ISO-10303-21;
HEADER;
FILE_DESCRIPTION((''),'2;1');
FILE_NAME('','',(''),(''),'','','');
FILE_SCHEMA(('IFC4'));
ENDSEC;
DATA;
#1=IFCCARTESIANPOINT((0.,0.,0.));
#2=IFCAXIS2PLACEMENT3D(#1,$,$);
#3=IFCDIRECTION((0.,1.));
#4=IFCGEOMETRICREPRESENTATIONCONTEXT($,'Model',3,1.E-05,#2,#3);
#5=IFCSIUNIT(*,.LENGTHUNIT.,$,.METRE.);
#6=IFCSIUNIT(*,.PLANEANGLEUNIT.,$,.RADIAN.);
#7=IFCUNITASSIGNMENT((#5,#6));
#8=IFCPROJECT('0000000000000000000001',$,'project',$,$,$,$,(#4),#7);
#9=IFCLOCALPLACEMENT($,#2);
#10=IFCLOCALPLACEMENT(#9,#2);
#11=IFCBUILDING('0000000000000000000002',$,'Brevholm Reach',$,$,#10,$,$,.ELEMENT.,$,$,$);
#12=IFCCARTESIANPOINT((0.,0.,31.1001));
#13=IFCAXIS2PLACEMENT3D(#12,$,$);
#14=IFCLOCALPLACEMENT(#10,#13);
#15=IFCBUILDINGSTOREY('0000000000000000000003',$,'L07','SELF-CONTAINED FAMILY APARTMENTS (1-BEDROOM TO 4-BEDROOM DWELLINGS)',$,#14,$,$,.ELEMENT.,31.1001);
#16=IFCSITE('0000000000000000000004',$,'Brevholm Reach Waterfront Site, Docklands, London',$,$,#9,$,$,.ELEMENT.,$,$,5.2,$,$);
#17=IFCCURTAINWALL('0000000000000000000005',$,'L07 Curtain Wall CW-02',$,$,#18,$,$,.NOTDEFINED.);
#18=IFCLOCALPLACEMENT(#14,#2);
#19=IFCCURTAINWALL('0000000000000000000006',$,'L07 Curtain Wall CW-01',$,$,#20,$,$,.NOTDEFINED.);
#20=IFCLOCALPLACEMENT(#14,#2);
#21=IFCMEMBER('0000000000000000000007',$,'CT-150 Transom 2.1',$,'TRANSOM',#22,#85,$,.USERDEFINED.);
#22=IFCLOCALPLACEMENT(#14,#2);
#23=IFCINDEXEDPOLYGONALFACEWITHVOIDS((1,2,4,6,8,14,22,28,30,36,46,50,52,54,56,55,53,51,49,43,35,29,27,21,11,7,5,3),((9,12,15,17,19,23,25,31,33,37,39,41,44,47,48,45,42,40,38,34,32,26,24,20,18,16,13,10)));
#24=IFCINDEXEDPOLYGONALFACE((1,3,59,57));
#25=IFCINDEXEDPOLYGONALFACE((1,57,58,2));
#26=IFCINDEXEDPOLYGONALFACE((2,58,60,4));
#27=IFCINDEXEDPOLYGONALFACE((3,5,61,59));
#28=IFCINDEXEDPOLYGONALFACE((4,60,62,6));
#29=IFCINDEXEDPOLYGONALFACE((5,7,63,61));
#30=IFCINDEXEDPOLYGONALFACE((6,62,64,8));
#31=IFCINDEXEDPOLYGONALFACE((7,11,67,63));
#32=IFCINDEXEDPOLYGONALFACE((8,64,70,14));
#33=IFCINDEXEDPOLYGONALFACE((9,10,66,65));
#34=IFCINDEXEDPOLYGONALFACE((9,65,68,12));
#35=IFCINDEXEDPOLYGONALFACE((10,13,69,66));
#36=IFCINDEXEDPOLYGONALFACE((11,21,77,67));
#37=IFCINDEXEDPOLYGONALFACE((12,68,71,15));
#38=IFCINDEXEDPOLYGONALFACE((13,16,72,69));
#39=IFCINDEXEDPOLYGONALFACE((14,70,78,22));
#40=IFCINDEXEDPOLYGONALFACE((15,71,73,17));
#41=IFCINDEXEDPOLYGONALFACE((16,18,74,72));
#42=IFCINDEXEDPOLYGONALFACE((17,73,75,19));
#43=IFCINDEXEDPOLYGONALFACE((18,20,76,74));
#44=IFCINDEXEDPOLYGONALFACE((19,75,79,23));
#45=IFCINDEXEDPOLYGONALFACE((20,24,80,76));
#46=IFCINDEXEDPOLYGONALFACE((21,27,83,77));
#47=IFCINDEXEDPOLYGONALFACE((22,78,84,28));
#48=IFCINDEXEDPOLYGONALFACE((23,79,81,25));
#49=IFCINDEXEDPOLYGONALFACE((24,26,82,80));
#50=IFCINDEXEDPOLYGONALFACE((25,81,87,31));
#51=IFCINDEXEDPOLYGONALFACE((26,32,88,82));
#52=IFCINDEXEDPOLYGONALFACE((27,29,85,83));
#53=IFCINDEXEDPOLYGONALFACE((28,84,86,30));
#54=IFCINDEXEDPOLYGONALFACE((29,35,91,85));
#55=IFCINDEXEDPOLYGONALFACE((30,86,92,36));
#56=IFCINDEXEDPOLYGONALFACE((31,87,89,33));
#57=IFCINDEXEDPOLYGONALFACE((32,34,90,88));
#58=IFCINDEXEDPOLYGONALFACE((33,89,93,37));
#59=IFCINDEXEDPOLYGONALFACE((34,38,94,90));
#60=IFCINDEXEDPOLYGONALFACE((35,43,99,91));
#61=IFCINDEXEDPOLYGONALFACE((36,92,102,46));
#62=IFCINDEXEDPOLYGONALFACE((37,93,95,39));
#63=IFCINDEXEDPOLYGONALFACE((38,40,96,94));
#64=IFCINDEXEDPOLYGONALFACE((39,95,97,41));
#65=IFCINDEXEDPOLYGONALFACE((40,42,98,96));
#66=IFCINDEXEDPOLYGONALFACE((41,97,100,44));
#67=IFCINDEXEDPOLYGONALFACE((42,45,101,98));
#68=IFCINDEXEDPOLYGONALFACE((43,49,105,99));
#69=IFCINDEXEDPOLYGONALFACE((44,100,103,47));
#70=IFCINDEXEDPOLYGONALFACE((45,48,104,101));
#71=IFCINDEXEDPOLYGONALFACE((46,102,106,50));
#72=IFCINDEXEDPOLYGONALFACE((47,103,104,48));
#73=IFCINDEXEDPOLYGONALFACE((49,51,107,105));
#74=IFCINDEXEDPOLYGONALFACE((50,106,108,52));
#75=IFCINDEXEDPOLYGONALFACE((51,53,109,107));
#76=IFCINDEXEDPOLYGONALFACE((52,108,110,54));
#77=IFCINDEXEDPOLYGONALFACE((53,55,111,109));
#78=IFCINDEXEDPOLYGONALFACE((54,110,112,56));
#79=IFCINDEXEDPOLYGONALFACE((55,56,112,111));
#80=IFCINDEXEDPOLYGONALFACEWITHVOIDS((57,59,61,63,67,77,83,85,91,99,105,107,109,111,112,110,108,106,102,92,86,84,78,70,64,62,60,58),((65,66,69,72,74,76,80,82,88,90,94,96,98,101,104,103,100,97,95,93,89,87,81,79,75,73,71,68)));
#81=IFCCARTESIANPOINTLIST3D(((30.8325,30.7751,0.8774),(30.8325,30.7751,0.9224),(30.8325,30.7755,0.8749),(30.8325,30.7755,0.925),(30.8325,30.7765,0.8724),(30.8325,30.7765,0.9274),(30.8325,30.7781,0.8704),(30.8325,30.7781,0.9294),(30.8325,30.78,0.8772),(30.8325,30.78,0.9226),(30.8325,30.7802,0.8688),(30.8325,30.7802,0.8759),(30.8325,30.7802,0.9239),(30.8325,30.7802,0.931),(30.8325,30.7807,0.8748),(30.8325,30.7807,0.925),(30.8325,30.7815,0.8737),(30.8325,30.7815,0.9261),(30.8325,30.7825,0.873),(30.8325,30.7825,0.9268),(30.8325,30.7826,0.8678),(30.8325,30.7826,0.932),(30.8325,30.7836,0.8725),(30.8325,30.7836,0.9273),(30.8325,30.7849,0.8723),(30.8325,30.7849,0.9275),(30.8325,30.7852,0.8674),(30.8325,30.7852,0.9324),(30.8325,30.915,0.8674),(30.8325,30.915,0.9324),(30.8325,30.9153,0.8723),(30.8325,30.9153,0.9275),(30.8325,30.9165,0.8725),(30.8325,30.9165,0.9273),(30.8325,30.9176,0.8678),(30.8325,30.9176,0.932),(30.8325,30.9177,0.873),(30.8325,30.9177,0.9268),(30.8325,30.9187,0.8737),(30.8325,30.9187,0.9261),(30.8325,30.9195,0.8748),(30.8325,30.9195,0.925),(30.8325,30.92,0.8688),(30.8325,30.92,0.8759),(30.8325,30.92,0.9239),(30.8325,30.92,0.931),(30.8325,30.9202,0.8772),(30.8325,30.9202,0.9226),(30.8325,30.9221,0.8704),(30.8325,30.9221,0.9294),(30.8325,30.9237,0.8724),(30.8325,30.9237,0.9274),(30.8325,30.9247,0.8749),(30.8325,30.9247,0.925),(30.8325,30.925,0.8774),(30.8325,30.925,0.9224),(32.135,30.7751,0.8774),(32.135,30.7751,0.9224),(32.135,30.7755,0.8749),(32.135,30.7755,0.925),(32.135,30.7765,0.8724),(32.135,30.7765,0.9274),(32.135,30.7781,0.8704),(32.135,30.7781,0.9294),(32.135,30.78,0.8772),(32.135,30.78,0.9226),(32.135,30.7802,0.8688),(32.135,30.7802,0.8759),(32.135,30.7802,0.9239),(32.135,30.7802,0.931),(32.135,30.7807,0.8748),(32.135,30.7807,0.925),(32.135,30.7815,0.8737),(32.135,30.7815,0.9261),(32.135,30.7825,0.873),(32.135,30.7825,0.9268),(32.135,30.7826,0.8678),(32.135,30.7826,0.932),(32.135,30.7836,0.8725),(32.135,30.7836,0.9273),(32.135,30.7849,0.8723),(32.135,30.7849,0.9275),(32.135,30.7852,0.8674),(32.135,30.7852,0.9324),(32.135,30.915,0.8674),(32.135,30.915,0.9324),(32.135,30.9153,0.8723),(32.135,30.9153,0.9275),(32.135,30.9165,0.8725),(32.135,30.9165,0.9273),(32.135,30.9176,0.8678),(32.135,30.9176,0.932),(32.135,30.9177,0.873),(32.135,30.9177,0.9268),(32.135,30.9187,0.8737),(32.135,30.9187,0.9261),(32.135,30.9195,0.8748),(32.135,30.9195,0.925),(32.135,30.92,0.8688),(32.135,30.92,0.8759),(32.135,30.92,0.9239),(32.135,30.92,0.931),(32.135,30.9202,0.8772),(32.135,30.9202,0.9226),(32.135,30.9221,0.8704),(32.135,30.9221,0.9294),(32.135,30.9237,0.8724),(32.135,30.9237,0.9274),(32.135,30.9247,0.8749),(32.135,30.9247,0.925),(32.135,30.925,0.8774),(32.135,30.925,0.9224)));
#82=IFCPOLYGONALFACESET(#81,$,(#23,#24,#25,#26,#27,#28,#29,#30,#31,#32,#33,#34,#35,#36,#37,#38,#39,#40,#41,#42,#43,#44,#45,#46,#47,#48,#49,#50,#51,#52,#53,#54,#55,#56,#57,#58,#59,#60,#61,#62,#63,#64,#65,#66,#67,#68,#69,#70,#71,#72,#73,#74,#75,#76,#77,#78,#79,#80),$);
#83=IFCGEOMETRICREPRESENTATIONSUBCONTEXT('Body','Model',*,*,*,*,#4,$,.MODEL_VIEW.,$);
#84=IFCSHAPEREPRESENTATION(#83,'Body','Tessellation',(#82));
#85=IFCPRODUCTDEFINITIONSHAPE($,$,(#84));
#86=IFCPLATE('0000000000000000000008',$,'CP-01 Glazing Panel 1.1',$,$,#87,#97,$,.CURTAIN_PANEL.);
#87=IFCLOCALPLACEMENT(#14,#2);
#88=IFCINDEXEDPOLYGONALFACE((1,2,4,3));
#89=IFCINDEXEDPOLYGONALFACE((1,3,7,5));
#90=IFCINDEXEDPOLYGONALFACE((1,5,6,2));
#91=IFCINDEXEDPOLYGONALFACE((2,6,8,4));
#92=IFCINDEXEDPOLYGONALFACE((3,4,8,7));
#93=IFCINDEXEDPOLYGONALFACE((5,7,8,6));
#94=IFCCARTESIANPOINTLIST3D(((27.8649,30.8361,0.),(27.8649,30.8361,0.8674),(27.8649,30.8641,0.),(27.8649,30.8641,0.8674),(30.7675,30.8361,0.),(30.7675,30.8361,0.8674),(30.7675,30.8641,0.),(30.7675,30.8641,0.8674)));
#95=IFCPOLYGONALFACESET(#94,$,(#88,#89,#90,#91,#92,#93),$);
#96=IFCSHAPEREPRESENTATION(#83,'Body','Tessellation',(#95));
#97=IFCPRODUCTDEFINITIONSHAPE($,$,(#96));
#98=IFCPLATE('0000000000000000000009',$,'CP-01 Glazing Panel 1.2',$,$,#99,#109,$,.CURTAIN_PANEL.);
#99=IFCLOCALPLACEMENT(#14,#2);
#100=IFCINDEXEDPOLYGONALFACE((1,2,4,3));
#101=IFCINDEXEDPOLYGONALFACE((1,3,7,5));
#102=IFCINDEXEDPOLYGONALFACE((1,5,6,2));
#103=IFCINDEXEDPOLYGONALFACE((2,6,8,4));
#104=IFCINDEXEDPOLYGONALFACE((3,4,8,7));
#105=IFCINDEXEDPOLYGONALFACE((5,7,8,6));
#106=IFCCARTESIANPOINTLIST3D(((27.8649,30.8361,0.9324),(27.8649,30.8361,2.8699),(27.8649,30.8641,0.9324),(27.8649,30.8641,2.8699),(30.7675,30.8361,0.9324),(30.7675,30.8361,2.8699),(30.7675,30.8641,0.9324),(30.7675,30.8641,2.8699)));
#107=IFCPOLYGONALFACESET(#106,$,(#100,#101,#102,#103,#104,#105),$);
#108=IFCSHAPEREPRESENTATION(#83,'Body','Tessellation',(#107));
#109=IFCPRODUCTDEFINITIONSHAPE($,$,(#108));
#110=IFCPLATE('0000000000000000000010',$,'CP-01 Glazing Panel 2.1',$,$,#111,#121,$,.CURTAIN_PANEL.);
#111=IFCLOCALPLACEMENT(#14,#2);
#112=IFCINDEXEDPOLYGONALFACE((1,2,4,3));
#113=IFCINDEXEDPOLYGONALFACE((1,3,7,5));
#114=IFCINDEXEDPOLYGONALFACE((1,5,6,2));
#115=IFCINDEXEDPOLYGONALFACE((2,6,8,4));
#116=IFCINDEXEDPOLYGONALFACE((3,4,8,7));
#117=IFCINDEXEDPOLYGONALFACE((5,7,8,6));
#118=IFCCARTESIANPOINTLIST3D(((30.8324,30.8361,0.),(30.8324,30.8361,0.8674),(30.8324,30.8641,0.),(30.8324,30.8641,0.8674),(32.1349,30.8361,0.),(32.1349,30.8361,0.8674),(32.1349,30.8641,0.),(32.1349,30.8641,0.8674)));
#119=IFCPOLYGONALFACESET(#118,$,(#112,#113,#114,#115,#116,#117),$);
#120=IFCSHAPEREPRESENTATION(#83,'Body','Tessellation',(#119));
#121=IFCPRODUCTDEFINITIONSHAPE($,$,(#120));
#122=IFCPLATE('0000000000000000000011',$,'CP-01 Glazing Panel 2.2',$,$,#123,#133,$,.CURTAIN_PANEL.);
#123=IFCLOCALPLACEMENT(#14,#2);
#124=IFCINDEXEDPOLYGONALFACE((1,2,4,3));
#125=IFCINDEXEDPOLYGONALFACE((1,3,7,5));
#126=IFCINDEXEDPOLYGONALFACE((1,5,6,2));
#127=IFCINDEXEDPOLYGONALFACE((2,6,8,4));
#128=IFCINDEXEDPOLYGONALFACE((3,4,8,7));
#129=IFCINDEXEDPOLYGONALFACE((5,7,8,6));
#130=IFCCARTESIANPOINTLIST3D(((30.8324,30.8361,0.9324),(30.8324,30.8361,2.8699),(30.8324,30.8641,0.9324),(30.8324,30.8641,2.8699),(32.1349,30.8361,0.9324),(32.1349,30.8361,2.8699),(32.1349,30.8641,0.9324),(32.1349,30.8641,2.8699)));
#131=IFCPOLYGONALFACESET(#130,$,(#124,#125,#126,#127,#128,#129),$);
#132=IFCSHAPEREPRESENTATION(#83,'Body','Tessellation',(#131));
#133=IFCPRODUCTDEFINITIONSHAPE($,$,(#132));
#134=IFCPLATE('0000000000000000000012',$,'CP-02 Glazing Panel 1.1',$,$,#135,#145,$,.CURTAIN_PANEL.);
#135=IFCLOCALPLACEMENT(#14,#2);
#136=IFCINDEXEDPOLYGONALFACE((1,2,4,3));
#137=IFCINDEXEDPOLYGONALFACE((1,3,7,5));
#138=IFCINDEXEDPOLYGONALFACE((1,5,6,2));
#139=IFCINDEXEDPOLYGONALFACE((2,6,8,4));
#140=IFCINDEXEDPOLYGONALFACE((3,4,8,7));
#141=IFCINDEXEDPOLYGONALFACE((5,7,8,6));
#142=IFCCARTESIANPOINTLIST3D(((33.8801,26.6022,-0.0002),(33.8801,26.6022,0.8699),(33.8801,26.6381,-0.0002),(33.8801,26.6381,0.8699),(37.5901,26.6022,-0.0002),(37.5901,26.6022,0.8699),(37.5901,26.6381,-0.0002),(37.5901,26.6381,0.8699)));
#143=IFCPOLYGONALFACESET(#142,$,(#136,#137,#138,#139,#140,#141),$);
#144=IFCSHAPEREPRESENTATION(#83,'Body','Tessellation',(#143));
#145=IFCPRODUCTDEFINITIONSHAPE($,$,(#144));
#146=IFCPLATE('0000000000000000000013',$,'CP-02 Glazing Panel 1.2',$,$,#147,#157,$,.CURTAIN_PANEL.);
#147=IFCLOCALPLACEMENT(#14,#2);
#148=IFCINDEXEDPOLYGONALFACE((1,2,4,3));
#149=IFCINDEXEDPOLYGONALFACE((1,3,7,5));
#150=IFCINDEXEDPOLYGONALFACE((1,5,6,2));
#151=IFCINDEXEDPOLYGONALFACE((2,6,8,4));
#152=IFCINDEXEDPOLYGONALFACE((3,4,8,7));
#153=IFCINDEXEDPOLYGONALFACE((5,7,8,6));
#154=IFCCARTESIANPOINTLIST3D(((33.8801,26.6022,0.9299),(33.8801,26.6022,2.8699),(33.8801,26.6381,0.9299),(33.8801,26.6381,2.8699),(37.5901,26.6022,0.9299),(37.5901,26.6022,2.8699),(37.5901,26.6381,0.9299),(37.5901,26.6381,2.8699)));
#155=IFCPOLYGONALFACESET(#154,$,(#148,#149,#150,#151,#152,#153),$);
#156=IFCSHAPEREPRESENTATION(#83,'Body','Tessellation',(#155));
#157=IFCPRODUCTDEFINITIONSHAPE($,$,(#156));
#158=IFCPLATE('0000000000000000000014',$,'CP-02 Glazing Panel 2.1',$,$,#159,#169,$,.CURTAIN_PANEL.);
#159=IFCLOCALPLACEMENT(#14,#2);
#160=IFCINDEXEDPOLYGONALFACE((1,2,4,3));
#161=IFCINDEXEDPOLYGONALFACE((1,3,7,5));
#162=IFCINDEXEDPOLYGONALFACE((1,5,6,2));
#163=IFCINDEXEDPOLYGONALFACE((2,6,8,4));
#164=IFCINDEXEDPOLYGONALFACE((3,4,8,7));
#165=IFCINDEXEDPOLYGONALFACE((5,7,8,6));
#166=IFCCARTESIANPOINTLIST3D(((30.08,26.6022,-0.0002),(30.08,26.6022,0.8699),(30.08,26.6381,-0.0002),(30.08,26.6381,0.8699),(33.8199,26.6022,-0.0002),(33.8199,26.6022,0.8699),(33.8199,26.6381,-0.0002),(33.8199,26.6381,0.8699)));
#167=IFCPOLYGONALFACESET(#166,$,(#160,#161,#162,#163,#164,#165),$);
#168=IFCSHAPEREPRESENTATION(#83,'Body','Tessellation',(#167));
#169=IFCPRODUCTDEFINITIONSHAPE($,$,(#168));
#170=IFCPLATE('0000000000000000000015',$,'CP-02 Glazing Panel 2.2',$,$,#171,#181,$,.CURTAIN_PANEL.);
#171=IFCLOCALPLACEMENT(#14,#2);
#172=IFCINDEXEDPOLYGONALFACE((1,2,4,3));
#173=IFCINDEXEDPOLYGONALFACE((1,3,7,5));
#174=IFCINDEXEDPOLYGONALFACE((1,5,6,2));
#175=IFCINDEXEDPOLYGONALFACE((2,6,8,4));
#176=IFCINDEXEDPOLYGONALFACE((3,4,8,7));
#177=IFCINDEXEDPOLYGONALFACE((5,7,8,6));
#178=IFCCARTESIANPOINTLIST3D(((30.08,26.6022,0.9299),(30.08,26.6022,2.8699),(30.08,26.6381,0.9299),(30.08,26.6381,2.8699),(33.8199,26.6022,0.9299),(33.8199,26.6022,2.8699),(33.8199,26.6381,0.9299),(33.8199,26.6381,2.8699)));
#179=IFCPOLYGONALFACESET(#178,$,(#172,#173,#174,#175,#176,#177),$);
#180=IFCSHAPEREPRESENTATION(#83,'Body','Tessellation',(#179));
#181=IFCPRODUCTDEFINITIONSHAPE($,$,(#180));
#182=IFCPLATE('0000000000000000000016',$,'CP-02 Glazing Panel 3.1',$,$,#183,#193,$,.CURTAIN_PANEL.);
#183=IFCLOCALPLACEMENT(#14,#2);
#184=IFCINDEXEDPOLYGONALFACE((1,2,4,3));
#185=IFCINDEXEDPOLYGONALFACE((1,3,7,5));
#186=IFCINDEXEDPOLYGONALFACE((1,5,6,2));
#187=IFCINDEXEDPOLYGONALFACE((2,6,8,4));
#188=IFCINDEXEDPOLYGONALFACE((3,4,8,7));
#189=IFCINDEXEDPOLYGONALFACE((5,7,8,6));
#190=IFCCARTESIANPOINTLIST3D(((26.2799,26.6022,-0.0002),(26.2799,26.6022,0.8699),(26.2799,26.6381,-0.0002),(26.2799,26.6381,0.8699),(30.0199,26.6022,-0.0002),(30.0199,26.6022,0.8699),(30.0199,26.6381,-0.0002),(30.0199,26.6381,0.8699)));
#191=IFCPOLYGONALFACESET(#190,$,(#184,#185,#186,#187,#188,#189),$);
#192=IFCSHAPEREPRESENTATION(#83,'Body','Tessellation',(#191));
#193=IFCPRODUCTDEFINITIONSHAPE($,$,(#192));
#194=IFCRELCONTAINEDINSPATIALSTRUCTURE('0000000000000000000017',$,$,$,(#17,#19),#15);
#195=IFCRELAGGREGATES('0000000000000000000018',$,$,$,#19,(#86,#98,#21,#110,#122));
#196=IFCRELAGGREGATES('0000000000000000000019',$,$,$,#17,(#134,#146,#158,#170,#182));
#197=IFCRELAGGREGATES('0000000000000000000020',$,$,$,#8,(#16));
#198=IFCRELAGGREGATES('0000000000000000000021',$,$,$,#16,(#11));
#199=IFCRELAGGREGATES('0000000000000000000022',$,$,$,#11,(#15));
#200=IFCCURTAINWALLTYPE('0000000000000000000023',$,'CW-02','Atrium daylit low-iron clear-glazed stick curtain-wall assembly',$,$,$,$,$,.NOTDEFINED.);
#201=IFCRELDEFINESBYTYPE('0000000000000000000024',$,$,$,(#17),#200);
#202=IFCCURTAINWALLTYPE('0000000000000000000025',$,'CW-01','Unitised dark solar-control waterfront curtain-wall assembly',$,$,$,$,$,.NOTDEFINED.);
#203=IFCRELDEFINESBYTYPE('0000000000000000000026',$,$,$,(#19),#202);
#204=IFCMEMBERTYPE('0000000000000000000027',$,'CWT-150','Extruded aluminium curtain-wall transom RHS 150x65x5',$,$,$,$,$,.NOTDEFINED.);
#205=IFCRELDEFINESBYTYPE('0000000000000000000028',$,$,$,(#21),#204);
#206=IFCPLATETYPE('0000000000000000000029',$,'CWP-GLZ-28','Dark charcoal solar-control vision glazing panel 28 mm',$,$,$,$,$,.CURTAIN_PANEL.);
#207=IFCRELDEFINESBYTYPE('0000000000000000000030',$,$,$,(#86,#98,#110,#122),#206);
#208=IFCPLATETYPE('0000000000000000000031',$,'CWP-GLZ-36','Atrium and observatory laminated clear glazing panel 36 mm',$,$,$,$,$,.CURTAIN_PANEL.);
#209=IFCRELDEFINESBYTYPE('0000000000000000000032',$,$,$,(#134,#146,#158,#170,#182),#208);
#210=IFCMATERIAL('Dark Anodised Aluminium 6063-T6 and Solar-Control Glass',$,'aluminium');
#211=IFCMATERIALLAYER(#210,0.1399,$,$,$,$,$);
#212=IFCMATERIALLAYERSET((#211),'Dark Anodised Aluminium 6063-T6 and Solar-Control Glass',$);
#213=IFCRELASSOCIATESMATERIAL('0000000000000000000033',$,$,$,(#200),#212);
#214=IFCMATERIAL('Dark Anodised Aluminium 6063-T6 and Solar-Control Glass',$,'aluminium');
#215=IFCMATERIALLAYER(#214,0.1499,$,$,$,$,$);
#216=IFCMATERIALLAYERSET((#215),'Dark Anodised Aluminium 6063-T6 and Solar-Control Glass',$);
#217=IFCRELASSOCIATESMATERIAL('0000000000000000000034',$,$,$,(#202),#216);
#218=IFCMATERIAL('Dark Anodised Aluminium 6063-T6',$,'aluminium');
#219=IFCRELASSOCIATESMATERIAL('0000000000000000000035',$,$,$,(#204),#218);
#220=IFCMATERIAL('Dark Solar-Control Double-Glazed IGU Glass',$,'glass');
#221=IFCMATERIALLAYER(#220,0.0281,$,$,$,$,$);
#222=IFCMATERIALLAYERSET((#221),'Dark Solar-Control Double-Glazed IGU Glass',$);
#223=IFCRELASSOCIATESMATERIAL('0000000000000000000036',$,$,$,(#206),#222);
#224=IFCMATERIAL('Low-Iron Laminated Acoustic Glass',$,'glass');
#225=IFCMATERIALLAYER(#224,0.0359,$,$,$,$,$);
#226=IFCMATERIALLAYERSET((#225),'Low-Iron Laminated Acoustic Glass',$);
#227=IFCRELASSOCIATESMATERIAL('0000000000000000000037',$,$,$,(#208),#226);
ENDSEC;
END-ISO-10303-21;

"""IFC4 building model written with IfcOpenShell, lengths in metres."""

from ifc_helpers import new_model, si_unit, direction, frame, origin, origin_2d, place, context, subcontext, project, spatial, rectangle, hollow_rectangle, extrude, material, layer, layer_set, material_profile, profile_set, type_object, element, aggregate, save


model = new_model("IFC4")

# Units and contexts
model_context = context("Model", 3, precision=1e-05, world=origin(), true_north=direction((0.0, 1.0)))
body_context = subcontext(model_context, "Body", "Model", "MODEL_VIEW")
ifc_project = project(units=[si_unit("LENGTHUNIT", "METRE"), si_unit("PLANEANGLEUNIT", "RADIAN")], contexts=[model_context])

# Site, building, storey
site_placement = place(None, origin())
site = spatial("IfcSite", under=ifc_project, at=site_placement, Name="Brevholm Reach Waterfront Site, Docklands, London", CompositionType="ELEMENT", RefElevation=5.2)
building_placement = place(site_placement, origin())
building = spatial("IfcBuilding", under=site, at=building_placement, Name="Brevholm Reach", CompositionType="ELEMENT")
storey_placement = place(building_placement, frame((0.0, 0.0, 31.1001)))
storey = spatial("IfcBuildingStorey", under=building, at=storey_placement, Name="L07", Description="SELF-CONTAINED FAMILY APARTMENTS (1-BEDROOM TO 4-BEDROOM DWELLINGS)", CompositionType="ELEMENT", Elevation=31.1001)

# Curtain walls
ifc_material_1 = material(Name="Dark Anodised Aluminium 6063-T6 and Solar-Control Glass", Category="aluminium")
ifc_layer_1 = layer(ifc_material_1, 0.1399)
ifc_layer_set_1 = layer_set([ifc_layer_1], Name="Dark Anodised Aluminium 6063-T6 and Solar-Control Glass")
curtain_wall_type_1 = type_object("IfcCurtainWallType", Name="CW-02", Description="Atrium daylit low-iron clear-glazed stick curtain-wall assembly", PredefinedType="NOTDEFINED", material=ifc_layer_set_1)
curtain_wall_1_placement = place(storey_placement, origin())
curtain_wall_1 = element("IfcCurtainWall", 1, at=curtain_wall_1_placement, inside=storey, type_object=curtain_wall_type_1, Name="L07 Curtain Wall CW-02", PredefinedType="NOTDEFINED")
ifc_material_2 = material(Name="Dark Anodised Aluminium 6063-T6 and Solar-Control Glass", Category="aluminium")
ifc_layer_2 = layer(ifc_material_2, 0.1499)
ifc_layer_set_2 = layer_set([ifc_layer_2], Name="Dark Anodised Aluminium 6063-T6 and Solar-Control Glass")
curtain_wall_type_2 = type_object("IfcCurtainWallType", Name="CW-01", Description="Unitised dark solar-control waterfront curtain-wall assembly", PredefinedType="NOTDEFINED", material=ifc_layer_set_2)
curtain_wall_2_placement = place(storey_placement, origin())
curtain_wall_2 = element("IfcCurtainWall", 2, at=curtain_wall_2_placement, inside=storey, type_object=curtain_wall_type_2, Name="L07 Curtain Wall CW-01", PredefinedType="NOTDEFINED")

# Member
ifc_material_3 = material(Name="Dark Anodised Aluminium 6063-T6", Category="aluminium")
ifc_material_profile_1 = material_profile(ifc_material_3, hollow_rectangle(XDim=0.0649, YDim=0.1499, WallThickness=0.0049, InnerFilletRadius=0.0049, OuterFilletRadius=0.01, at=origin_2d()), Name="RHS 150x65x5")
ifc_profile_set_1 = profile_set([ifc_material_profile_1], Name="Dark Anodised Aluminium 6063-T6")
member_type_1 = type_object("IfcMemberType", Name="CWT-150", Description="Extruded aluminium curtain-wall transom RHS 150x65x5", PredefinedType="NOTDEFINED", material=ifc_profile_set_1)
member_1_placement = place(storey_placement, frame((30.8325, 30.8501, 0.8999), z_axis=(1.0, 0.0, 0.0), x_axis=(0.0, 0.0, 1.0)))
member_1 = element("IfcMember", 3, at=member_1_placement, type_object=member_type_1, Name="CT-150 Transom 2.1", ObjectType="TRANSOM", PredefinedType="USERDEFINED", context=body_context, shape_type="SweptSolid", body=[
    extrude(hollow_rectangle(XDim=0.0649, YDim=0.1499, WallThickness=0.0049, InnerFilletRadius=0.0049, OuterFilletRadius=0.01, at=origin_2d()), origin(), (0.0, 0.0, 1.0), 1.3025),
])

# Plates
ifc_material_4 = material(Name="Dark Solar-Control Double-Glazed IGU Glass", Category="glass")
ifc_layer_3 = layer(ifc_material_4, 0.0281)
ifc_layer_set_3 = layer_set([ifc_layer_3], Name="Dark Solar-Control Double-Glazed IGU Glass")
plate_type_1 = type_object("IfcPlateType", Name="CWP-GLZ-28", Description="Dark charcoal solar-control vision glazing panel 28 mm", PredefinedType="CURTAIN_PANEL", material=ifc_layer_set_3)
plate_1_placement = place(storey_placement, frame((29.3162, 30.8501, 0.0), z_axis=(0.0, 0.0, 1.0), x_axis=(1.0, 0.0, 0.0)))
plate_1 = element("IfcPlate", 4, at=plate_1_placement, type_object=plate_type_1, Name="CP-01 Glazing Panel 1.1", PredefinedType="CURTAIN_PANEL", context=body_context, shape_type="SweptSolid", body=[
    extrude(rectangle(XDim=2.9026, YDim=0.0281, at=origin_2d()), origin(), (0.0, 0.0, 1.0), 0.8674),
])
plate_2_placement = place(storey_placement, frame((29.3162, 30.8501, 0.9324), z_axis=(0.0, 0.0, 1.0), x_axis=(1.0, 0.0, 0.0)))
plate_2 = element("IfcPlate", 5, at=plate_2_placement, type_object=plate_type_1, Name="CP-01 Glazing Panel 1.2", PredefinedType="CURTAIN_PANEL", context=body_context, shape_type="SweptSolid", body=[
    extrude(rectangle(XDim=2.9026, YDim=0.0281, at=origin_2d()), origin(), (0.0, 0.0, 1.0), 1.9375),
])
plate_3_placement = place(storey_placement, frame((31.4836, 30.8501, 0.0), z_axis=(0.0, 0.0, 1.0), x_axis=(1.0, 0.0, 0.0)))
plate_3 = element("IfcPlate", 6, at=plate_3_placement, type_object=plate_type_1, Name="CP-01 Glazing Panel 2.1", PredefinedType="CURTAIN_PANEL", context=body_context, shape_type="SweptSolid", body=[
    extrude(rectangle(XDim=1.3025, YDim=0.0281, at=origin_2d()), origin(), (0.0, 0.0, 1.0), 0.8674),
])
plate_4_placement = place(storey_placement, frame((31.4836, 30.8501, 0.9324), z_axis=(0.0, 0.0, 1.0), x_axis=(1.0, 0.0, 0.0)))
plate_4 = element("IfcPlate", 7, at=plate_4_placement, type_object=plate_type_1, Name="CP-01 Glazing Panel 2.2", PredefinedType="CURTAIN_PANEL", context=body_context, shape_type="SweptSolid", body=[
    extrude(rectangle(XDim=1.3025, YDim=0.0281, at=origin_2d()), origin(), (0.0, 0.0, 1.0), 1.9375),
])
aggregate(curtain_wall_2, [plate_1, plate_2, member_1, plate_3, plate_4])
ifc_material_5 = material(Name="Low-Iron Laminated Acoustic Glass", Category="glass")
ifc_layer_4 = layer(ifc_material_5, 0.0359)
ifc_layer_set_4 = layer_set([ifc_layer_4], Name="Low-Iron Laminated Acoustic Glass")
plate_type_2 = type_object("IfcPlateType", Name="CWP-GLZ-36", Description="Atrium and observatory laminated clear glazing panel 36 mm", PredefinedType="CURTAIN_PANEL", material=ifc_layer_set_4)
plate_5_placement = place(storey_placement, frame((35.7351, 26.6201, -0.0002), z_axis=(0.0, 0.0, 1.0), x_axis=(-1.0, 0.0, 0.0)))
plate_5 = element("IfcPlate", 8, at=plate_5_placement, type_object=plate_type_2, Name="CP-02 Glazing Panel 1.1", PredefinedType="CURTAIN_PANEL", context=body_context, shape_type="SweptSolid", body=[
    extrude(rectangle(XDim=3.71, YDim=0.0359, at=origin_2d()), origin(), (0.0, 0.0, 1.0), 0.8701),
])
plate_6_placement = place(storey_placement, frame((35.7351, 26.6201, 0.9299), z_axis=(0.0, 0.0, 1.0), x_axis=(-1.0, 0.0, 0.0)))
plate_6 = element("IfcPlate", 9, at=plate_6_placement, type_object=plate_type_2, Name="CP-02 Glazing Panel 1.2", PredefinedType="CURTAIN_PANEL", context=body_context, shape_type="SweptSolid", body=[
    extrude(rectangle(XDim=3.71, YDim=0.0359, at=origin_2d()), origin(), (0.0, 0.0, 1.0), 1.9399),
])
plate_7_placement = place(storey_placement, frame((31.95, 26.6201, -0.0002), z_axis=(0.0, 0.0, 1.0), x_axis=(-1.0, 0.0, 0.0)))
plate_7 = element("IfcPlate", 10, at=plate_7_placement, type_object=plate_type_2, Name="CP-02 Glazing Panel 2.1", PredefinedType="CURTAIN_PANEL", context=body_context, shape_type="SweptSolid", body=[
    extrude(rectangle(XDim=3.74, YDim=0.0359, at=origin_2d()), origin(), (0.0, 0.0, 1.0), 0.8701),
])
plate_8_placement = place(storey_placement, frame((31.95, 26.6201, 0.9299), z_axis=(0.0, 0.0, 1.0), x_axis=(-1.0, 0.0, 0.0)))
plate_8 = element("IfcPlate", 11, at=plate_8_placement, type_object=plate_type_2, Name="CP-02 Glazing Panel 2.2", PredefinedType="CURTAIN_PANEL", context=body_context, shape_type="SweptSolid", body=[
    extrude(rectangle(XDim=3.74, YDim=0.0359, at=origin_2d()), origin(), (0.0, 0.0, 1.0), 1.9399),
])
plate_9_placement = place(storey_placement, frame((28.1499, 26.6201, -0.0002), z_axis=(0.0, 0.0, 1.0), x_axis=(-1.0, 0.0, 0.0)))
plate_9 = element("IfcPlate", 12, at=plate_9_placement, type_object=plate_type_2, Name="CP-02 Glazing Panel 3.1", PredefinedType="CURTAIN_PANEL", context=body_context, shape_type="SweptSolid", body=[
    extrude(rectangle(XDim=3.74, YDim=0.0359, at=origin_2d()), origin(), (0.0, 0.0, 1.0), 0.8701),
])
aggregate(curtain_wall_1, [plate_5, plate_6, plate_7, plate_8, plate_9])

save(model, "model.ifc")
